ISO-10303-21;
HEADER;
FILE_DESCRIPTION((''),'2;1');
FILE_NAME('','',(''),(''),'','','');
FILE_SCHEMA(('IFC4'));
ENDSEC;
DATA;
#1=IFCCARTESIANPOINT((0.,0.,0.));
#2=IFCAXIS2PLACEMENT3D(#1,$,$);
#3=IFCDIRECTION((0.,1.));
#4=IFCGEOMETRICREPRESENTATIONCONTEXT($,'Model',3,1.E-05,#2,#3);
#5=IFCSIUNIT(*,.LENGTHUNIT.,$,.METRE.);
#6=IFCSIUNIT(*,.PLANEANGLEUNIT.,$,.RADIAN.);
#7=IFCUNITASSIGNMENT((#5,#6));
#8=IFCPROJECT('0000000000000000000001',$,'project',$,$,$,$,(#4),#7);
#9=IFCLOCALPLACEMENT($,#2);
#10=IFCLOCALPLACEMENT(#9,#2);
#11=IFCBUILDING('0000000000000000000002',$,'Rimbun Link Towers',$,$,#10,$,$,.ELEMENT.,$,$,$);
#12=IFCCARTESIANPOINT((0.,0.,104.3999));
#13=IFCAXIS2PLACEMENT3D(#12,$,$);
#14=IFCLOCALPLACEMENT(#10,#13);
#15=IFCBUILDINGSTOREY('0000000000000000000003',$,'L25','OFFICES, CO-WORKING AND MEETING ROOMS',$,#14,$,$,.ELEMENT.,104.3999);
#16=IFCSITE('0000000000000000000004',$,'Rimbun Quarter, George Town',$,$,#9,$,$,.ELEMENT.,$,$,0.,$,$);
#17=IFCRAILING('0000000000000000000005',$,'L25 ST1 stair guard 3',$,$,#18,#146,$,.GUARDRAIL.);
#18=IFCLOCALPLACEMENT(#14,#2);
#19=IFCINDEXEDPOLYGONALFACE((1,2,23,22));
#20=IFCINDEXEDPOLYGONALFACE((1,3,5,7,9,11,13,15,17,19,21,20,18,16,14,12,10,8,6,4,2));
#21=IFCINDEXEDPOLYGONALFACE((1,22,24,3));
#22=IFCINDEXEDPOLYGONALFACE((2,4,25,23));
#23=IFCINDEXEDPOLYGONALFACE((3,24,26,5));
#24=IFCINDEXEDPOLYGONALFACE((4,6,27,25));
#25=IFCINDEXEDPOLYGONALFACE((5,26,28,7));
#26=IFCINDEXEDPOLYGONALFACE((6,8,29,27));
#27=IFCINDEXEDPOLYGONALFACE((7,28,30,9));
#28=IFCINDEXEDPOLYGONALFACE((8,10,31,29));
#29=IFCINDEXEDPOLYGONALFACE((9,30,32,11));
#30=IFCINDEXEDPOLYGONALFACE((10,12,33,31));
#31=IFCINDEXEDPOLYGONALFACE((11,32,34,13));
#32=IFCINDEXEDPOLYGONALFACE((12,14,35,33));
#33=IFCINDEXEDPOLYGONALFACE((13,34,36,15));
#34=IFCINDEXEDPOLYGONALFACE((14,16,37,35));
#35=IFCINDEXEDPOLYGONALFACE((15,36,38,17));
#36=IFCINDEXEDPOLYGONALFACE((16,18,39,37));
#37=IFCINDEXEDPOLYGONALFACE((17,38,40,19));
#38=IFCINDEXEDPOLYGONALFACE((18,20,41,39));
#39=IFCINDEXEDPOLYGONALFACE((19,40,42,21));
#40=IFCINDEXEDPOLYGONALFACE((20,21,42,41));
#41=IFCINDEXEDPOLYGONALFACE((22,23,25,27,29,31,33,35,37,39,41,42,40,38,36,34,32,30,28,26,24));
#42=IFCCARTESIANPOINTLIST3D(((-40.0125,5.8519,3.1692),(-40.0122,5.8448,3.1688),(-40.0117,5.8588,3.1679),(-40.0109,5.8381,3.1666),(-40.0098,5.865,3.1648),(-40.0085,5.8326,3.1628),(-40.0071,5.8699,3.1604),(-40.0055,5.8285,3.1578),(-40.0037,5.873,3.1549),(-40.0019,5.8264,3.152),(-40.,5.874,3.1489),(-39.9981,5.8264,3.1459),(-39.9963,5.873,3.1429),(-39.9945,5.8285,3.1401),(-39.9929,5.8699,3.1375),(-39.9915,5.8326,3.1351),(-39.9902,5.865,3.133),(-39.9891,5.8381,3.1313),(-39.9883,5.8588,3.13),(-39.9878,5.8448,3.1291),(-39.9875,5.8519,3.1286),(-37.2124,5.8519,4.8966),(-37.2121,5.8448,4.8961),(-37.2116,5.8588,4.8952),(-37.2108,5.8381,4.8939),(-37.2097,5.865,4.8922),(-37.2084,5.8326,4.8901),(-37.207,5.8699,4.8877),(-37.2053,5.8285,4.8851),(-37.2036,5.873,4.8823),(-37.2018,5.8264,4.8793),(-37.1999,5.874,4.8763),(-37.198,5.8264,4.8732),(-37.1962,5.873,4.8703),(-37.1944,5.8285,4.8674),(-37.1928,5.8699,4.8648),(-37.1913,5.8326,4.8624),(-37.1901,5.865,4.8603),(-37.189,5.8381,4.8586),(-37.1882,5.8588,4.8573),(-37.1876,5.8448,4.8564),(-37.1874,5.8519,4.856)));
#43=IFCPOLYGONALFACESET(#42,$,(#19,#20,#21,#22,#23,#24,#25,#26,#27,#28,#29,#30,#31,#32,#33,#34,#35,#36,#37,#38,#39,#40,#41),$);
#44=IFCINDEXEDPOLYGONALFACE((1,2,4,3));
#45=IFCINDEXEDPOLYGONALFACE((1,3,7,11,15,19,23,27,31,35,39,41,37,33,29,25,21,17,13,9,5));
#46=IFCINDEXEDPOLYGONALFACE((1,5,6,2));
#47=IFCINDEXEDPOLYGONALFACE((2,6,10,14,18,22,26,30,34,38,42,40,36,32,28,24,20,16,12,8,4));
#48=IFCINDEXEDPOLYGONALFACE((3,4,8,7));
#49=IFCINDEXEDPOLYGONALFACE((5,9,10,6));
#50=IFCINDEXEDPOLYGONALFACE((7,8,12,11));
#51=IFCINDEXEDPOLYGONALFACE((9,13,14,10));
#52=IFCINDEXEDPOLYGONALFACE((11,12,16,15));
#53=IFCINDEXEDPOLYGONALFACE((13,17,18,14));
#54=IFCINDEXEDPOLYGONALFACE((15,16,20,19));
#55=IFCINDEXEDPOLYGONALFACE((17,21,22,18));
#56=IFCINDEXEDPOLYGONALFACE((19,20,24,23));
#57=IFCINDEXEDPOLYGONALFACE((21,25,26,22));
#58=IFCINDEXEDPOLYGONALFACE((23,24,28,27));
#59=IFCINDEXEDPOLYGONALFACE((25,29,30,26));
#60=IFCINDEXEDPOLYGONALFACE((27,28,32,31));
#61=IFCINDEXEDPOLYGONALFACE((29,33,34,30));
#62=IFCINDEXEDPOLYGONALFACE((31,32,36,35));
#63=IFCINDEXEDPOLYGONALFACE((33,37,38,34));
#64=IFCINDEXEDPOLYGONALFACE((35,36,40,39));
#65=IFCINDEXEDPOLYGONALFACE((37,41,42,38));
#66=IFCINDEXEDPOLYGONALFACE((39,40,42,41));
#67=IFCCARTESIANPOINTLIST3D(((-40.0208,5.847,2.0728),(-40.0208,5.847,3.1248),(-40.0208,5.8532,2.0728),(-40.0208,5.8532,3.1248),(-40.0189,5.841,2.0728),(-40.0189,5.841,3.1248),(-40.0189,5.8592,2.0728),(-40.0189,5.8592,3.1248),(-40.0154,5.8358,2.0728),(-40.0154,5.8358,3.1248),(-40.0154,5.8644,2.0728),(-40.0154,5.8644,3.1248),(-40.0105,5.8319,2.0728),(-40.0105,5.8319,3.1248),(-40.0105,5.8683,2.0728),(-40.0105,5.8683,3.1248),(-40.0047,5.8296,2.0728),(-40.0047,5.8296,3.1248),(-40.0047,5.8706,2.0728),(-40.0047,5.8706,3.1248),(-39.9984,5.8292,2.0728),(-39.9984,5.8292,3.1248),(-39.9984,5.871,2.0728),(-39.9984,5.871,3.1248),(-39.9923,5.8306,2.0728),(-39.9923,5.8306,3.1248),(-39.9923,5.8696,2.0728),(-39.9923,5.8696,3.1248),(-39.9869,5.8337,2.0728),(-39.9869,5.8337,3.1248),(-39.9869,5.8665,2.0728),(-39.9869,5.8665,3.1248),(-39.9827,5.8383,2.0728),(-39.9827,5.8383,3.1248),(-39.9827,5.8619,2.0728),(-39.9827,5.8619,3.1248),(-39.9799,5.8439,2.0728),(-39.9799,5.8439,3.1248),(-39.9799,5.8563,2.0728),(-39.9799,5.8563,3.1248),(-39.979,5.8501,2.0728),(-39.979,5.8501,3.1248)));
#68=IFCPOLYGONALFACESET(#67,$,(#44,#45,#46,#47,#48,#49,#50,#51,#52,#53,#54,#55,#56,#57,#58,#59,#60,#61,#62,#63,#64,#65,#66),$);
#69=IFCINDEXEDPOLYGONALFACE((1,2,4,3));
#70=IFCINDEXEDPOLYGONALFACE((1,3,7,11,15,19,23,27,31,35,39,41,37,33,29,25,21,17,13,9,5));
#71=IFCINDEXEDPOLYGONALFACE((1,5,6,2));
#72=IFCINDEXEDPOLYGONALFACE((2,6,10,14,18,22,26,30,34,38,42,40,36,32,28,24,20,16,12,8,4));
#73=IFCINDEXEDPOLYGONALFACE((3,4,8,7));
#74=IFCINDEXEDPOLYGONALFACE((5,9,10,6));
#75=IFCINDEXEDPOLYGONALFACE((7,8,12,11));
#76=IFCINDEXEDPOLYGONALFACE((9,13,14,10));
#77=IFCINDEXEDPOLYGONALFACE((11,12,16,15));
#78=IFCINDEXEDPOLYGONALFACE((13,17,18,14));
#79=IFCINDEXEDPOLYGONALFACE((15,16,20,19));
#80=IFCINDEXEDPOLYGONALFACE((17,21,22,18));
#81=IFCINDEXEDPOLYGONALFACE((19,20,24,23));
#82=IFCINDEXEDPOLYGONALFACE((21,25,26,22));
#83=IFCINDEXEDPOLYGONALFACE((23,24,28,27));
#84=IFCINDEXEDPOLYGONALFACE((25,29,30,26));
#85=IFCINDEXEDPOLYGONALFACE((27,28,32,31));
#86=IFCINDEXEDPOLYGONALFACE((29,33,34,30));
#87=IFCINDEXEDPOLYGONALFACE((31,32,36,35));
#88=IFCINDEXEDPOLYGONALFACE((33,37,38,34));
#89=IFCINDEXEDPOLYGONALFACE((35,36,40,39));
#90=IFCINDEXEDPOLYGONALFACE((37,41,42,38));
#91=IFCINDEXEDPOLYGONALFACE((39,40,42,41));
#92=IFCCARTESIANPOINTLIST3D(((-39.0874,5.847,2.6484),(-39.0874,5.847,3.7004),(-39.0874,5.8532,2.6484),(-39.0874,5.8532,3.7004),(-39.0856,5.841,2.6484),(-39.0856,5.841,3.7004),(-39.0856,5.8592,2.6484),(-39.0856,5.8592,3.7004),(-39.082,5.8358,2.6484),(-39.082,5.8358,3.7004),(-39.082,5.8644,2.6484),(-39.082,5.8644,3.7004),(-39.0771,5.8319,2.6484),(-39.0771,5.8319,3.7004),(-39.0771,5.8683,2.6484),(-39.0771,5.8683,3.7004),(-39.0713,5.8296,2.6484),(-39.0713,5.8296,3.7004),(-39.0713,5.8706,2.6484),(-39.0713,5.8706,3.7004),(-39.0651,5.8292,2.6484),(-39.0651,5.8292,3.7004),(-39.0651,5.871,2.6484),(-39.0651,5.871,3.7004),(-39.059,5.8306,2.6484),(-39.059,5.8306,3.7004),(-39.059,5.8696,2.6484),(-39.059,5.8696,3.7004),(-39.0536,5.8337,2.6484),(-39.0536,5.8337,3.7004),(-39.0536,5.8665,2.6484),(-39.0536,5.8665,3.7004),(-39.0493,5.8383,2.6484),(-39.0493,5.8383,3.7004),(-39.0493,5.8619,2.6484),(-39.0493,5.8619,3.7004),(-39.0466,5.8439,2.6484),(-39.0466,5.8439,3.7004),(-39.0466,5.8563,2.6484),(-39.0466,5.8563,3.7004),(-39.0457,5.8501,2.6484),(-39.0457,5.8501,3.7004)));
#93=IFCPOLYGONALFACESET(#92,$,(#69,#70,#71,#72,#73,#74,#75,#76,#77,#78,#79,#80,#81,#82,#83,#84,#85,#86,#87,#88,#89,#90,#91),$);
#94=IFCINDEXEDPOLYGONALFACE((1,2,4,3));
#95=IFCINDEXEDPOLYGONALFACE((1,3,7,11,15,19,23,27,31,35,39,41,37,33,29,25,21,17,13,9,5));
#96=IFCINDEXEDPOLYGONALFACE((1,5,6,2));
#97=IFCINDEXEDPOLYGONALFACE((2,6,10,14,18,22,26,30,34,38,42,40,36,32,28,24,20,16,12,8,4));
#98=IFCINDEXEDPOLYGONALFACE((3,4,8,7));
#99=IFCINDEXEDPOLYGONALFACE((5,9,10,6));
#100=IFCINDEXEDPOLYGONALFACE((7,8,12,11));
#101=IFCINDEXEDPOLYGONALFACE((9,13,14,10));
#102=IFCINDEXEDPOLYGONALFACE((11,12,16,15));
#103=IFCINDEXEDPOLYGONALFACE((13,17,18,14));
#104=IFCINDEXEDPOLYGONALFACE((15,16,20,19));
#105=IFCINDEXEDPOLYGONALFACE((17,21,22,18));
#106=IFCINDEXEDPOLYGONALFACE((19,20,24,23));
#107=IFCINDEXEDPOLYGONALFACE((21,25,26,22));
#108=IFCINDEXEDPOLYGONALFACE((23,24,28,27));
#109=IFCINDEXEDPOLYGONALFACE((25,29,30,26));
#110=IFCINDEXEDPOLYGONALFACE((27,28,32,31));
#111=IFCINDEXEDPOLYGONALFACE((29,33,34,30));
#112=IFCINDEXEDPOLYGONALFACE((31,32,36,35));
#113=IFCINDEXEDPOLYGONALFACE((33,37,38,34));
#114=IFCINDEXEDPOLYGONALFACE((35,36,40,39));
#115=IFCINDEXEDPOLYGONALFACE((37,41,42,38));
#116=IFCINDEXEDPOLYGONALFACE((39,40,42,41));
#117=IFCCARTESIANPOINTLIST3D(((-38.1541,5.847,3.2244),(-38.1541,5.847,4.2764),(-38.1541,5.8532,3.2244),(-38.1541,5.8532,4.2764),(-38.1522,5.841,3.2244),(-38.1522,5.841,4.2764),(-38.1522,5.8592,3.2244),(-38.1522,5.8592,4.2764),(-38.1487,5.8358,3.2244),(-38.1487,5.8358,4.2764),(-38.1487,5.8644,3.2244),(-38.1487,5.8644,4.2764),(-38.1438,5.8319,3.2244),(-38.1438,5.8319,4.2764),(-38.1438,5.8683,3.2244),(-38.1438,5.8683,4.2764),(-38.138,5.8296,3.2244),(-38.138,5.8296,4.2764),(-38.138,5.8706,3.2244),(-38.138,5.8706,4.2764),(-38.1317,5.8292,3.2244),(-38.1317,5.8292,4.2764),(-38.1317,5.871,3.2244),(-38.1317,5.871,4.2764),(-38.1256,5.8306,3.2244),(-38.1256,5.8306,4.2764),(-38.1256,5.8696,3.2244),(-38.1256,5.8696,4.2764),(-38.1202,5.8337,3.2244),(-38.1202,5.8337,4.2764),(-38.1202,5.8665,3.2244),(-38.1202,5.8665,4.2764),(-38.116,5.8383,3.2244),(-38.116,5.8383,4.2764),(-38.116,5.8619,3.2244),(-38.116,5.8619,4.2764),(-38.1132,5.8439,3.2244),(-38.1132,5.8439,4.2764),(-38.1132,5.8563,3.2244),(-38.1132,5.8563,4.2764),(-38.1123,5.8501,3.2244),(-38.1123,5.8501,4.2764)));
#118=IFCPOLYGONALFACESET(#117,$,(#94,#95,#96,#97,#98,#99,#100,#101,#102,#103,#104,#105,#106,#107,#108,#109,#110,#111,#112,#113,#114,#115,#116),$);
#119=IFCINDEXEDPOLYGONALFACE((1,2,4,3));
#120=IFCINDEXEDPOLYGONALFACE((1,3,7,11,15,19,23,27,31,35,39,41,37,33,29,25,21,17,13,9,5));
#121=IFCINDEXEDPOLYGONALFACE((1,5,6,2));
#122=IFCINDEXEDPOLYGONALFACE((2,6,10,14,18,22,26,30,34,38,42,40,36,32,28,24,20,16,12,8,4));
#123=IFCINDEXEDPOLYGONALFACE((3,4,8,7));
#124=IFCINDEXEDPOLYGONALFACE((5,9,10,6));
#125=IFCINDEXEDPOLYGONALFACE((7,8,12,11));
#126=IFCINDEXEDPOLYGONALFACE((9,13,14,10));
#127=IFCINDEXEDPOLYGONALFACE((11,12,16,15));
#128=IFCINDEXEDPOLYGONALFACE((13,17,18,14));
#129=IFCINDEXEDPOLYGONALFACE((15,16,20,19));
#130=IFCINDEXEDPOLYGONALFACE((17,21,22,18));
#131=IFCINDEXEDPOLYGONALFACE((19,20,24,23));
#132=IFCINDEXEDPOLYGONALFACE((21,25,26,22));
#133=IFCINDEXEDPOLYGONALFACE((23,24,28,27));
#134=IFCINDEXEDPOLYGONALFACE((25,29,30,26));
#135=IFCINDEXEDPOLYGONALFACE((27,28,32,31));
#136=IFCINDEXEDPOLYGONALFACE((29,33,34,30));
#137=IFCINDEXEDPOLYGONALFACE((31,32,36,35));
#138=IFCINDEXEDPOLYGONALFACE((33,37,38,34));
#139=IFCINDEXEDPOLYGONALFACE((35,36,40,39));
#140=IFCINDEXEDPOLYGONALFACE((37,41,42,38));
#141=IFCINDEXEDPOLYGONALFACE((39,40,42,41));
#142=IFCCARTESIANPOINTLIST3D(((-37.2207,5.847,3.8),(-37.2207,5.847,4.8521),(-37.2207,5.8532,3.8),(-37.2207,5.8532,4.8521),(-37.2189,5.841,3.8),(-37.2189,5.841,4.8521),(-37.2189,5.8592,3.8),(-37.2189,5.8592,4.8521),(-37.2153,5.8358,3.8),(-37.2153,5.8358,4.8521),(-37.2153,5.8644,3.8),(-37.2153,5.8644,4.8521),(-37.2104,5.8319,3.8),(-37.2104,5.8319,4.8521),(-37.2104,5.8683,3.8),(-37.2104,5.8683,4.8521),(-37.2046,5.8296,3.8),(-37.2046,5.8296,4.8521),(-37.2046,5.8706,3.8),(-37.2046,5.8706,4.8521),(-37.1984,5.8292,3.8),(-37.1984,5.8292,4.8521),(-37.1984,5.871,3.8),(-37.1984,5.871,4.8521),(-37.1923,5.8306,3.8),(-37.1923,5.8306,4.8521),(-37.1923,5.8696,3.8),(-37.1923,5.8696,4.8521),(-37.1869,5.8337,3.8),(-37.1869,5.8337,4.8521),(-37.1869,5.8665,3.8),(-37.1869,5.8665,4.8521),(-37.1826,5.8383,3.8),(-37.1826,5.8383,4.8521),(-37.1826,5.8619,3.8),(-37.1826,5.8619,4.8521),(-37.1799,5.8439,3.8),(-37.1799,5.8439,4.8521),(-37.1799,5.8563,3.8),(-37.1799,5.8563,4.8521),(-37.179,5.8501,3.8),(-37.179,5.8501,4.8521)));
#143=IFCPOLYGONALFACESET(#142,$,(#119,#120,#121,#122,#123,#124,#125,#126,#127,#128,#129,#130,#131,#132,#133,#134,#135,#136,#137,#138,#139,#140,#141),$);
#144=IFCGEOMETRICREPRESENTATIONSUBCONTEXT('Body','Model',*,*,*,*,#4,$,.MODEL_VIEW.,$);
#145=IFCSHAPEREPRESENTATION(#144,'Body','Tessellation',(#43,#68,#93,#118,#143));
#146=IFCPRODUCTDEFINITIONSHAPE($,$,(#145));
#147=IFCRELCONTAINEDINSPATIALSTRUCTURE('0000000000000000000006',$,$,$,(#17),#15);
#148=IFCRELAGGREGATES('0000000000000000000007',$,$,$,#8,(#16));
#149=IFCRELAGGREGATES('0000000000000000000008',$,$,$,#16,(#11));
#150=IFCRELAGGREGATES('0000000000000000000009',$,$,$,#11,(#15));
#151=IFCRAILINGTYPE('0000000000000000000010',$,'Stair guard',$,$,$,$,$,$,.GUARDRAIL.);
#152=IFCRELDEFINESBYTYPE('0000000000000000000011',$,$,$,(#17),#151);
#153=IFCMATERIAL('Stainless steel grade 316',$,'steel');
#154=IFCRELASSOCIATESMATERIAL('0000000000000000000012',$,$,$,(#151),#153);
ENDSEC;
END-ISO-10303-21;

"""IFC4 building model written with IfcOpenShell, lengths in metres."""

from ifc_helpers import new_model, si_unit, direction, frame, origin, origin_2d, place, context, subcontext, project, spatial, circle, extrude, material, type_object, element, save


model = new_model("IFC4")

# Units and contexts
model_context = context("Model", 3, precision=1e-05, world=origin(), true_north=direction((0.0, 1.0)))
body_context = subcontext(model_context, "Body", "Model", "MODEL_VIEW")
ifc_project = project(units=[si_unit("LENGTHUNIT", "METRE"), si_unit("PLANEANGLEUNIT", "RADIAN")], contexts=[model_context])

# Site, building, storey
site_placement = place(None, origin())
site = spatial("IfcSite", under=ifc_project, at=site_placement, Name="Rimbun Quarter, George Town", CompositionType="ELEMENT", RefElevation=0.0)
building_placement = place(site_placement, origin())
building = spatial("IfcBuilding", under=site, at=building_placement, Name="Rimbun Link Towers", CompositionType="ELEMENT")
storey_placement = place(building_placement, frame((0.0, 0.0, 104.3999)))
storey = spatial("IfcBuildingStorey", under=building, at=storey_placement, Name="L25", Description="OFFICES, CO-WORKING AND MEETING ROOMS", CompositionType="ELEMENT", Elevation=104.3999)

# Railing
ifc_material_1 = material(Name="Stainless steel grade 316", Category="steel")
railing_type_1 = type_object("IfcRailingType", Name="Stair guard", PredefinedType="GUARDRAIL", material=ifc_material_1)
railing_1_placement = place(storey_placement, frame((-40.0, 5.8501, 2.0728)))
element("IfcRailing", 1, at=railing_1_placement, inside=storey, type_object=railing_type_1, Name="L25 ST1 stair guard 3", PredefinedType="GUARDRAIL", context=body_context, shape_type="SweptSolid", body=[
    extrude(circle(Radius=0.0239, at=origin_2d()), frame((0.0, 0.0, 1.0762), z_axis=(0.85109, 0.0, 0.52502), x_axis=(0.0, 1.0, 0.0)), (0.0, 0.0, 1.0), 3.29),
    extrude(circle(Radius=0.021, at=origin_2d()), origin(), (0.0, 0.0, 1.0), 1.052),
    extrude(circle(Radius=0.021, at=origin_2d()), frame((0.9333, 0.0, 0.5757)), (0.0, 0.0, 1.0), 1.052),
    extrude(circle(Radius=0.021, at=origin_2d()), frame((1.8667, 0.0, 1.1516)), (0.0, 0.0, 1.0), 1.052),
    extrude(circle(Radius=0.021, at=origin_2d()), frame((2.8, 0.0, 1.7273)), (0.0, 0.0, 1.0), 1.052),
])

save(model, "model.ifc")
